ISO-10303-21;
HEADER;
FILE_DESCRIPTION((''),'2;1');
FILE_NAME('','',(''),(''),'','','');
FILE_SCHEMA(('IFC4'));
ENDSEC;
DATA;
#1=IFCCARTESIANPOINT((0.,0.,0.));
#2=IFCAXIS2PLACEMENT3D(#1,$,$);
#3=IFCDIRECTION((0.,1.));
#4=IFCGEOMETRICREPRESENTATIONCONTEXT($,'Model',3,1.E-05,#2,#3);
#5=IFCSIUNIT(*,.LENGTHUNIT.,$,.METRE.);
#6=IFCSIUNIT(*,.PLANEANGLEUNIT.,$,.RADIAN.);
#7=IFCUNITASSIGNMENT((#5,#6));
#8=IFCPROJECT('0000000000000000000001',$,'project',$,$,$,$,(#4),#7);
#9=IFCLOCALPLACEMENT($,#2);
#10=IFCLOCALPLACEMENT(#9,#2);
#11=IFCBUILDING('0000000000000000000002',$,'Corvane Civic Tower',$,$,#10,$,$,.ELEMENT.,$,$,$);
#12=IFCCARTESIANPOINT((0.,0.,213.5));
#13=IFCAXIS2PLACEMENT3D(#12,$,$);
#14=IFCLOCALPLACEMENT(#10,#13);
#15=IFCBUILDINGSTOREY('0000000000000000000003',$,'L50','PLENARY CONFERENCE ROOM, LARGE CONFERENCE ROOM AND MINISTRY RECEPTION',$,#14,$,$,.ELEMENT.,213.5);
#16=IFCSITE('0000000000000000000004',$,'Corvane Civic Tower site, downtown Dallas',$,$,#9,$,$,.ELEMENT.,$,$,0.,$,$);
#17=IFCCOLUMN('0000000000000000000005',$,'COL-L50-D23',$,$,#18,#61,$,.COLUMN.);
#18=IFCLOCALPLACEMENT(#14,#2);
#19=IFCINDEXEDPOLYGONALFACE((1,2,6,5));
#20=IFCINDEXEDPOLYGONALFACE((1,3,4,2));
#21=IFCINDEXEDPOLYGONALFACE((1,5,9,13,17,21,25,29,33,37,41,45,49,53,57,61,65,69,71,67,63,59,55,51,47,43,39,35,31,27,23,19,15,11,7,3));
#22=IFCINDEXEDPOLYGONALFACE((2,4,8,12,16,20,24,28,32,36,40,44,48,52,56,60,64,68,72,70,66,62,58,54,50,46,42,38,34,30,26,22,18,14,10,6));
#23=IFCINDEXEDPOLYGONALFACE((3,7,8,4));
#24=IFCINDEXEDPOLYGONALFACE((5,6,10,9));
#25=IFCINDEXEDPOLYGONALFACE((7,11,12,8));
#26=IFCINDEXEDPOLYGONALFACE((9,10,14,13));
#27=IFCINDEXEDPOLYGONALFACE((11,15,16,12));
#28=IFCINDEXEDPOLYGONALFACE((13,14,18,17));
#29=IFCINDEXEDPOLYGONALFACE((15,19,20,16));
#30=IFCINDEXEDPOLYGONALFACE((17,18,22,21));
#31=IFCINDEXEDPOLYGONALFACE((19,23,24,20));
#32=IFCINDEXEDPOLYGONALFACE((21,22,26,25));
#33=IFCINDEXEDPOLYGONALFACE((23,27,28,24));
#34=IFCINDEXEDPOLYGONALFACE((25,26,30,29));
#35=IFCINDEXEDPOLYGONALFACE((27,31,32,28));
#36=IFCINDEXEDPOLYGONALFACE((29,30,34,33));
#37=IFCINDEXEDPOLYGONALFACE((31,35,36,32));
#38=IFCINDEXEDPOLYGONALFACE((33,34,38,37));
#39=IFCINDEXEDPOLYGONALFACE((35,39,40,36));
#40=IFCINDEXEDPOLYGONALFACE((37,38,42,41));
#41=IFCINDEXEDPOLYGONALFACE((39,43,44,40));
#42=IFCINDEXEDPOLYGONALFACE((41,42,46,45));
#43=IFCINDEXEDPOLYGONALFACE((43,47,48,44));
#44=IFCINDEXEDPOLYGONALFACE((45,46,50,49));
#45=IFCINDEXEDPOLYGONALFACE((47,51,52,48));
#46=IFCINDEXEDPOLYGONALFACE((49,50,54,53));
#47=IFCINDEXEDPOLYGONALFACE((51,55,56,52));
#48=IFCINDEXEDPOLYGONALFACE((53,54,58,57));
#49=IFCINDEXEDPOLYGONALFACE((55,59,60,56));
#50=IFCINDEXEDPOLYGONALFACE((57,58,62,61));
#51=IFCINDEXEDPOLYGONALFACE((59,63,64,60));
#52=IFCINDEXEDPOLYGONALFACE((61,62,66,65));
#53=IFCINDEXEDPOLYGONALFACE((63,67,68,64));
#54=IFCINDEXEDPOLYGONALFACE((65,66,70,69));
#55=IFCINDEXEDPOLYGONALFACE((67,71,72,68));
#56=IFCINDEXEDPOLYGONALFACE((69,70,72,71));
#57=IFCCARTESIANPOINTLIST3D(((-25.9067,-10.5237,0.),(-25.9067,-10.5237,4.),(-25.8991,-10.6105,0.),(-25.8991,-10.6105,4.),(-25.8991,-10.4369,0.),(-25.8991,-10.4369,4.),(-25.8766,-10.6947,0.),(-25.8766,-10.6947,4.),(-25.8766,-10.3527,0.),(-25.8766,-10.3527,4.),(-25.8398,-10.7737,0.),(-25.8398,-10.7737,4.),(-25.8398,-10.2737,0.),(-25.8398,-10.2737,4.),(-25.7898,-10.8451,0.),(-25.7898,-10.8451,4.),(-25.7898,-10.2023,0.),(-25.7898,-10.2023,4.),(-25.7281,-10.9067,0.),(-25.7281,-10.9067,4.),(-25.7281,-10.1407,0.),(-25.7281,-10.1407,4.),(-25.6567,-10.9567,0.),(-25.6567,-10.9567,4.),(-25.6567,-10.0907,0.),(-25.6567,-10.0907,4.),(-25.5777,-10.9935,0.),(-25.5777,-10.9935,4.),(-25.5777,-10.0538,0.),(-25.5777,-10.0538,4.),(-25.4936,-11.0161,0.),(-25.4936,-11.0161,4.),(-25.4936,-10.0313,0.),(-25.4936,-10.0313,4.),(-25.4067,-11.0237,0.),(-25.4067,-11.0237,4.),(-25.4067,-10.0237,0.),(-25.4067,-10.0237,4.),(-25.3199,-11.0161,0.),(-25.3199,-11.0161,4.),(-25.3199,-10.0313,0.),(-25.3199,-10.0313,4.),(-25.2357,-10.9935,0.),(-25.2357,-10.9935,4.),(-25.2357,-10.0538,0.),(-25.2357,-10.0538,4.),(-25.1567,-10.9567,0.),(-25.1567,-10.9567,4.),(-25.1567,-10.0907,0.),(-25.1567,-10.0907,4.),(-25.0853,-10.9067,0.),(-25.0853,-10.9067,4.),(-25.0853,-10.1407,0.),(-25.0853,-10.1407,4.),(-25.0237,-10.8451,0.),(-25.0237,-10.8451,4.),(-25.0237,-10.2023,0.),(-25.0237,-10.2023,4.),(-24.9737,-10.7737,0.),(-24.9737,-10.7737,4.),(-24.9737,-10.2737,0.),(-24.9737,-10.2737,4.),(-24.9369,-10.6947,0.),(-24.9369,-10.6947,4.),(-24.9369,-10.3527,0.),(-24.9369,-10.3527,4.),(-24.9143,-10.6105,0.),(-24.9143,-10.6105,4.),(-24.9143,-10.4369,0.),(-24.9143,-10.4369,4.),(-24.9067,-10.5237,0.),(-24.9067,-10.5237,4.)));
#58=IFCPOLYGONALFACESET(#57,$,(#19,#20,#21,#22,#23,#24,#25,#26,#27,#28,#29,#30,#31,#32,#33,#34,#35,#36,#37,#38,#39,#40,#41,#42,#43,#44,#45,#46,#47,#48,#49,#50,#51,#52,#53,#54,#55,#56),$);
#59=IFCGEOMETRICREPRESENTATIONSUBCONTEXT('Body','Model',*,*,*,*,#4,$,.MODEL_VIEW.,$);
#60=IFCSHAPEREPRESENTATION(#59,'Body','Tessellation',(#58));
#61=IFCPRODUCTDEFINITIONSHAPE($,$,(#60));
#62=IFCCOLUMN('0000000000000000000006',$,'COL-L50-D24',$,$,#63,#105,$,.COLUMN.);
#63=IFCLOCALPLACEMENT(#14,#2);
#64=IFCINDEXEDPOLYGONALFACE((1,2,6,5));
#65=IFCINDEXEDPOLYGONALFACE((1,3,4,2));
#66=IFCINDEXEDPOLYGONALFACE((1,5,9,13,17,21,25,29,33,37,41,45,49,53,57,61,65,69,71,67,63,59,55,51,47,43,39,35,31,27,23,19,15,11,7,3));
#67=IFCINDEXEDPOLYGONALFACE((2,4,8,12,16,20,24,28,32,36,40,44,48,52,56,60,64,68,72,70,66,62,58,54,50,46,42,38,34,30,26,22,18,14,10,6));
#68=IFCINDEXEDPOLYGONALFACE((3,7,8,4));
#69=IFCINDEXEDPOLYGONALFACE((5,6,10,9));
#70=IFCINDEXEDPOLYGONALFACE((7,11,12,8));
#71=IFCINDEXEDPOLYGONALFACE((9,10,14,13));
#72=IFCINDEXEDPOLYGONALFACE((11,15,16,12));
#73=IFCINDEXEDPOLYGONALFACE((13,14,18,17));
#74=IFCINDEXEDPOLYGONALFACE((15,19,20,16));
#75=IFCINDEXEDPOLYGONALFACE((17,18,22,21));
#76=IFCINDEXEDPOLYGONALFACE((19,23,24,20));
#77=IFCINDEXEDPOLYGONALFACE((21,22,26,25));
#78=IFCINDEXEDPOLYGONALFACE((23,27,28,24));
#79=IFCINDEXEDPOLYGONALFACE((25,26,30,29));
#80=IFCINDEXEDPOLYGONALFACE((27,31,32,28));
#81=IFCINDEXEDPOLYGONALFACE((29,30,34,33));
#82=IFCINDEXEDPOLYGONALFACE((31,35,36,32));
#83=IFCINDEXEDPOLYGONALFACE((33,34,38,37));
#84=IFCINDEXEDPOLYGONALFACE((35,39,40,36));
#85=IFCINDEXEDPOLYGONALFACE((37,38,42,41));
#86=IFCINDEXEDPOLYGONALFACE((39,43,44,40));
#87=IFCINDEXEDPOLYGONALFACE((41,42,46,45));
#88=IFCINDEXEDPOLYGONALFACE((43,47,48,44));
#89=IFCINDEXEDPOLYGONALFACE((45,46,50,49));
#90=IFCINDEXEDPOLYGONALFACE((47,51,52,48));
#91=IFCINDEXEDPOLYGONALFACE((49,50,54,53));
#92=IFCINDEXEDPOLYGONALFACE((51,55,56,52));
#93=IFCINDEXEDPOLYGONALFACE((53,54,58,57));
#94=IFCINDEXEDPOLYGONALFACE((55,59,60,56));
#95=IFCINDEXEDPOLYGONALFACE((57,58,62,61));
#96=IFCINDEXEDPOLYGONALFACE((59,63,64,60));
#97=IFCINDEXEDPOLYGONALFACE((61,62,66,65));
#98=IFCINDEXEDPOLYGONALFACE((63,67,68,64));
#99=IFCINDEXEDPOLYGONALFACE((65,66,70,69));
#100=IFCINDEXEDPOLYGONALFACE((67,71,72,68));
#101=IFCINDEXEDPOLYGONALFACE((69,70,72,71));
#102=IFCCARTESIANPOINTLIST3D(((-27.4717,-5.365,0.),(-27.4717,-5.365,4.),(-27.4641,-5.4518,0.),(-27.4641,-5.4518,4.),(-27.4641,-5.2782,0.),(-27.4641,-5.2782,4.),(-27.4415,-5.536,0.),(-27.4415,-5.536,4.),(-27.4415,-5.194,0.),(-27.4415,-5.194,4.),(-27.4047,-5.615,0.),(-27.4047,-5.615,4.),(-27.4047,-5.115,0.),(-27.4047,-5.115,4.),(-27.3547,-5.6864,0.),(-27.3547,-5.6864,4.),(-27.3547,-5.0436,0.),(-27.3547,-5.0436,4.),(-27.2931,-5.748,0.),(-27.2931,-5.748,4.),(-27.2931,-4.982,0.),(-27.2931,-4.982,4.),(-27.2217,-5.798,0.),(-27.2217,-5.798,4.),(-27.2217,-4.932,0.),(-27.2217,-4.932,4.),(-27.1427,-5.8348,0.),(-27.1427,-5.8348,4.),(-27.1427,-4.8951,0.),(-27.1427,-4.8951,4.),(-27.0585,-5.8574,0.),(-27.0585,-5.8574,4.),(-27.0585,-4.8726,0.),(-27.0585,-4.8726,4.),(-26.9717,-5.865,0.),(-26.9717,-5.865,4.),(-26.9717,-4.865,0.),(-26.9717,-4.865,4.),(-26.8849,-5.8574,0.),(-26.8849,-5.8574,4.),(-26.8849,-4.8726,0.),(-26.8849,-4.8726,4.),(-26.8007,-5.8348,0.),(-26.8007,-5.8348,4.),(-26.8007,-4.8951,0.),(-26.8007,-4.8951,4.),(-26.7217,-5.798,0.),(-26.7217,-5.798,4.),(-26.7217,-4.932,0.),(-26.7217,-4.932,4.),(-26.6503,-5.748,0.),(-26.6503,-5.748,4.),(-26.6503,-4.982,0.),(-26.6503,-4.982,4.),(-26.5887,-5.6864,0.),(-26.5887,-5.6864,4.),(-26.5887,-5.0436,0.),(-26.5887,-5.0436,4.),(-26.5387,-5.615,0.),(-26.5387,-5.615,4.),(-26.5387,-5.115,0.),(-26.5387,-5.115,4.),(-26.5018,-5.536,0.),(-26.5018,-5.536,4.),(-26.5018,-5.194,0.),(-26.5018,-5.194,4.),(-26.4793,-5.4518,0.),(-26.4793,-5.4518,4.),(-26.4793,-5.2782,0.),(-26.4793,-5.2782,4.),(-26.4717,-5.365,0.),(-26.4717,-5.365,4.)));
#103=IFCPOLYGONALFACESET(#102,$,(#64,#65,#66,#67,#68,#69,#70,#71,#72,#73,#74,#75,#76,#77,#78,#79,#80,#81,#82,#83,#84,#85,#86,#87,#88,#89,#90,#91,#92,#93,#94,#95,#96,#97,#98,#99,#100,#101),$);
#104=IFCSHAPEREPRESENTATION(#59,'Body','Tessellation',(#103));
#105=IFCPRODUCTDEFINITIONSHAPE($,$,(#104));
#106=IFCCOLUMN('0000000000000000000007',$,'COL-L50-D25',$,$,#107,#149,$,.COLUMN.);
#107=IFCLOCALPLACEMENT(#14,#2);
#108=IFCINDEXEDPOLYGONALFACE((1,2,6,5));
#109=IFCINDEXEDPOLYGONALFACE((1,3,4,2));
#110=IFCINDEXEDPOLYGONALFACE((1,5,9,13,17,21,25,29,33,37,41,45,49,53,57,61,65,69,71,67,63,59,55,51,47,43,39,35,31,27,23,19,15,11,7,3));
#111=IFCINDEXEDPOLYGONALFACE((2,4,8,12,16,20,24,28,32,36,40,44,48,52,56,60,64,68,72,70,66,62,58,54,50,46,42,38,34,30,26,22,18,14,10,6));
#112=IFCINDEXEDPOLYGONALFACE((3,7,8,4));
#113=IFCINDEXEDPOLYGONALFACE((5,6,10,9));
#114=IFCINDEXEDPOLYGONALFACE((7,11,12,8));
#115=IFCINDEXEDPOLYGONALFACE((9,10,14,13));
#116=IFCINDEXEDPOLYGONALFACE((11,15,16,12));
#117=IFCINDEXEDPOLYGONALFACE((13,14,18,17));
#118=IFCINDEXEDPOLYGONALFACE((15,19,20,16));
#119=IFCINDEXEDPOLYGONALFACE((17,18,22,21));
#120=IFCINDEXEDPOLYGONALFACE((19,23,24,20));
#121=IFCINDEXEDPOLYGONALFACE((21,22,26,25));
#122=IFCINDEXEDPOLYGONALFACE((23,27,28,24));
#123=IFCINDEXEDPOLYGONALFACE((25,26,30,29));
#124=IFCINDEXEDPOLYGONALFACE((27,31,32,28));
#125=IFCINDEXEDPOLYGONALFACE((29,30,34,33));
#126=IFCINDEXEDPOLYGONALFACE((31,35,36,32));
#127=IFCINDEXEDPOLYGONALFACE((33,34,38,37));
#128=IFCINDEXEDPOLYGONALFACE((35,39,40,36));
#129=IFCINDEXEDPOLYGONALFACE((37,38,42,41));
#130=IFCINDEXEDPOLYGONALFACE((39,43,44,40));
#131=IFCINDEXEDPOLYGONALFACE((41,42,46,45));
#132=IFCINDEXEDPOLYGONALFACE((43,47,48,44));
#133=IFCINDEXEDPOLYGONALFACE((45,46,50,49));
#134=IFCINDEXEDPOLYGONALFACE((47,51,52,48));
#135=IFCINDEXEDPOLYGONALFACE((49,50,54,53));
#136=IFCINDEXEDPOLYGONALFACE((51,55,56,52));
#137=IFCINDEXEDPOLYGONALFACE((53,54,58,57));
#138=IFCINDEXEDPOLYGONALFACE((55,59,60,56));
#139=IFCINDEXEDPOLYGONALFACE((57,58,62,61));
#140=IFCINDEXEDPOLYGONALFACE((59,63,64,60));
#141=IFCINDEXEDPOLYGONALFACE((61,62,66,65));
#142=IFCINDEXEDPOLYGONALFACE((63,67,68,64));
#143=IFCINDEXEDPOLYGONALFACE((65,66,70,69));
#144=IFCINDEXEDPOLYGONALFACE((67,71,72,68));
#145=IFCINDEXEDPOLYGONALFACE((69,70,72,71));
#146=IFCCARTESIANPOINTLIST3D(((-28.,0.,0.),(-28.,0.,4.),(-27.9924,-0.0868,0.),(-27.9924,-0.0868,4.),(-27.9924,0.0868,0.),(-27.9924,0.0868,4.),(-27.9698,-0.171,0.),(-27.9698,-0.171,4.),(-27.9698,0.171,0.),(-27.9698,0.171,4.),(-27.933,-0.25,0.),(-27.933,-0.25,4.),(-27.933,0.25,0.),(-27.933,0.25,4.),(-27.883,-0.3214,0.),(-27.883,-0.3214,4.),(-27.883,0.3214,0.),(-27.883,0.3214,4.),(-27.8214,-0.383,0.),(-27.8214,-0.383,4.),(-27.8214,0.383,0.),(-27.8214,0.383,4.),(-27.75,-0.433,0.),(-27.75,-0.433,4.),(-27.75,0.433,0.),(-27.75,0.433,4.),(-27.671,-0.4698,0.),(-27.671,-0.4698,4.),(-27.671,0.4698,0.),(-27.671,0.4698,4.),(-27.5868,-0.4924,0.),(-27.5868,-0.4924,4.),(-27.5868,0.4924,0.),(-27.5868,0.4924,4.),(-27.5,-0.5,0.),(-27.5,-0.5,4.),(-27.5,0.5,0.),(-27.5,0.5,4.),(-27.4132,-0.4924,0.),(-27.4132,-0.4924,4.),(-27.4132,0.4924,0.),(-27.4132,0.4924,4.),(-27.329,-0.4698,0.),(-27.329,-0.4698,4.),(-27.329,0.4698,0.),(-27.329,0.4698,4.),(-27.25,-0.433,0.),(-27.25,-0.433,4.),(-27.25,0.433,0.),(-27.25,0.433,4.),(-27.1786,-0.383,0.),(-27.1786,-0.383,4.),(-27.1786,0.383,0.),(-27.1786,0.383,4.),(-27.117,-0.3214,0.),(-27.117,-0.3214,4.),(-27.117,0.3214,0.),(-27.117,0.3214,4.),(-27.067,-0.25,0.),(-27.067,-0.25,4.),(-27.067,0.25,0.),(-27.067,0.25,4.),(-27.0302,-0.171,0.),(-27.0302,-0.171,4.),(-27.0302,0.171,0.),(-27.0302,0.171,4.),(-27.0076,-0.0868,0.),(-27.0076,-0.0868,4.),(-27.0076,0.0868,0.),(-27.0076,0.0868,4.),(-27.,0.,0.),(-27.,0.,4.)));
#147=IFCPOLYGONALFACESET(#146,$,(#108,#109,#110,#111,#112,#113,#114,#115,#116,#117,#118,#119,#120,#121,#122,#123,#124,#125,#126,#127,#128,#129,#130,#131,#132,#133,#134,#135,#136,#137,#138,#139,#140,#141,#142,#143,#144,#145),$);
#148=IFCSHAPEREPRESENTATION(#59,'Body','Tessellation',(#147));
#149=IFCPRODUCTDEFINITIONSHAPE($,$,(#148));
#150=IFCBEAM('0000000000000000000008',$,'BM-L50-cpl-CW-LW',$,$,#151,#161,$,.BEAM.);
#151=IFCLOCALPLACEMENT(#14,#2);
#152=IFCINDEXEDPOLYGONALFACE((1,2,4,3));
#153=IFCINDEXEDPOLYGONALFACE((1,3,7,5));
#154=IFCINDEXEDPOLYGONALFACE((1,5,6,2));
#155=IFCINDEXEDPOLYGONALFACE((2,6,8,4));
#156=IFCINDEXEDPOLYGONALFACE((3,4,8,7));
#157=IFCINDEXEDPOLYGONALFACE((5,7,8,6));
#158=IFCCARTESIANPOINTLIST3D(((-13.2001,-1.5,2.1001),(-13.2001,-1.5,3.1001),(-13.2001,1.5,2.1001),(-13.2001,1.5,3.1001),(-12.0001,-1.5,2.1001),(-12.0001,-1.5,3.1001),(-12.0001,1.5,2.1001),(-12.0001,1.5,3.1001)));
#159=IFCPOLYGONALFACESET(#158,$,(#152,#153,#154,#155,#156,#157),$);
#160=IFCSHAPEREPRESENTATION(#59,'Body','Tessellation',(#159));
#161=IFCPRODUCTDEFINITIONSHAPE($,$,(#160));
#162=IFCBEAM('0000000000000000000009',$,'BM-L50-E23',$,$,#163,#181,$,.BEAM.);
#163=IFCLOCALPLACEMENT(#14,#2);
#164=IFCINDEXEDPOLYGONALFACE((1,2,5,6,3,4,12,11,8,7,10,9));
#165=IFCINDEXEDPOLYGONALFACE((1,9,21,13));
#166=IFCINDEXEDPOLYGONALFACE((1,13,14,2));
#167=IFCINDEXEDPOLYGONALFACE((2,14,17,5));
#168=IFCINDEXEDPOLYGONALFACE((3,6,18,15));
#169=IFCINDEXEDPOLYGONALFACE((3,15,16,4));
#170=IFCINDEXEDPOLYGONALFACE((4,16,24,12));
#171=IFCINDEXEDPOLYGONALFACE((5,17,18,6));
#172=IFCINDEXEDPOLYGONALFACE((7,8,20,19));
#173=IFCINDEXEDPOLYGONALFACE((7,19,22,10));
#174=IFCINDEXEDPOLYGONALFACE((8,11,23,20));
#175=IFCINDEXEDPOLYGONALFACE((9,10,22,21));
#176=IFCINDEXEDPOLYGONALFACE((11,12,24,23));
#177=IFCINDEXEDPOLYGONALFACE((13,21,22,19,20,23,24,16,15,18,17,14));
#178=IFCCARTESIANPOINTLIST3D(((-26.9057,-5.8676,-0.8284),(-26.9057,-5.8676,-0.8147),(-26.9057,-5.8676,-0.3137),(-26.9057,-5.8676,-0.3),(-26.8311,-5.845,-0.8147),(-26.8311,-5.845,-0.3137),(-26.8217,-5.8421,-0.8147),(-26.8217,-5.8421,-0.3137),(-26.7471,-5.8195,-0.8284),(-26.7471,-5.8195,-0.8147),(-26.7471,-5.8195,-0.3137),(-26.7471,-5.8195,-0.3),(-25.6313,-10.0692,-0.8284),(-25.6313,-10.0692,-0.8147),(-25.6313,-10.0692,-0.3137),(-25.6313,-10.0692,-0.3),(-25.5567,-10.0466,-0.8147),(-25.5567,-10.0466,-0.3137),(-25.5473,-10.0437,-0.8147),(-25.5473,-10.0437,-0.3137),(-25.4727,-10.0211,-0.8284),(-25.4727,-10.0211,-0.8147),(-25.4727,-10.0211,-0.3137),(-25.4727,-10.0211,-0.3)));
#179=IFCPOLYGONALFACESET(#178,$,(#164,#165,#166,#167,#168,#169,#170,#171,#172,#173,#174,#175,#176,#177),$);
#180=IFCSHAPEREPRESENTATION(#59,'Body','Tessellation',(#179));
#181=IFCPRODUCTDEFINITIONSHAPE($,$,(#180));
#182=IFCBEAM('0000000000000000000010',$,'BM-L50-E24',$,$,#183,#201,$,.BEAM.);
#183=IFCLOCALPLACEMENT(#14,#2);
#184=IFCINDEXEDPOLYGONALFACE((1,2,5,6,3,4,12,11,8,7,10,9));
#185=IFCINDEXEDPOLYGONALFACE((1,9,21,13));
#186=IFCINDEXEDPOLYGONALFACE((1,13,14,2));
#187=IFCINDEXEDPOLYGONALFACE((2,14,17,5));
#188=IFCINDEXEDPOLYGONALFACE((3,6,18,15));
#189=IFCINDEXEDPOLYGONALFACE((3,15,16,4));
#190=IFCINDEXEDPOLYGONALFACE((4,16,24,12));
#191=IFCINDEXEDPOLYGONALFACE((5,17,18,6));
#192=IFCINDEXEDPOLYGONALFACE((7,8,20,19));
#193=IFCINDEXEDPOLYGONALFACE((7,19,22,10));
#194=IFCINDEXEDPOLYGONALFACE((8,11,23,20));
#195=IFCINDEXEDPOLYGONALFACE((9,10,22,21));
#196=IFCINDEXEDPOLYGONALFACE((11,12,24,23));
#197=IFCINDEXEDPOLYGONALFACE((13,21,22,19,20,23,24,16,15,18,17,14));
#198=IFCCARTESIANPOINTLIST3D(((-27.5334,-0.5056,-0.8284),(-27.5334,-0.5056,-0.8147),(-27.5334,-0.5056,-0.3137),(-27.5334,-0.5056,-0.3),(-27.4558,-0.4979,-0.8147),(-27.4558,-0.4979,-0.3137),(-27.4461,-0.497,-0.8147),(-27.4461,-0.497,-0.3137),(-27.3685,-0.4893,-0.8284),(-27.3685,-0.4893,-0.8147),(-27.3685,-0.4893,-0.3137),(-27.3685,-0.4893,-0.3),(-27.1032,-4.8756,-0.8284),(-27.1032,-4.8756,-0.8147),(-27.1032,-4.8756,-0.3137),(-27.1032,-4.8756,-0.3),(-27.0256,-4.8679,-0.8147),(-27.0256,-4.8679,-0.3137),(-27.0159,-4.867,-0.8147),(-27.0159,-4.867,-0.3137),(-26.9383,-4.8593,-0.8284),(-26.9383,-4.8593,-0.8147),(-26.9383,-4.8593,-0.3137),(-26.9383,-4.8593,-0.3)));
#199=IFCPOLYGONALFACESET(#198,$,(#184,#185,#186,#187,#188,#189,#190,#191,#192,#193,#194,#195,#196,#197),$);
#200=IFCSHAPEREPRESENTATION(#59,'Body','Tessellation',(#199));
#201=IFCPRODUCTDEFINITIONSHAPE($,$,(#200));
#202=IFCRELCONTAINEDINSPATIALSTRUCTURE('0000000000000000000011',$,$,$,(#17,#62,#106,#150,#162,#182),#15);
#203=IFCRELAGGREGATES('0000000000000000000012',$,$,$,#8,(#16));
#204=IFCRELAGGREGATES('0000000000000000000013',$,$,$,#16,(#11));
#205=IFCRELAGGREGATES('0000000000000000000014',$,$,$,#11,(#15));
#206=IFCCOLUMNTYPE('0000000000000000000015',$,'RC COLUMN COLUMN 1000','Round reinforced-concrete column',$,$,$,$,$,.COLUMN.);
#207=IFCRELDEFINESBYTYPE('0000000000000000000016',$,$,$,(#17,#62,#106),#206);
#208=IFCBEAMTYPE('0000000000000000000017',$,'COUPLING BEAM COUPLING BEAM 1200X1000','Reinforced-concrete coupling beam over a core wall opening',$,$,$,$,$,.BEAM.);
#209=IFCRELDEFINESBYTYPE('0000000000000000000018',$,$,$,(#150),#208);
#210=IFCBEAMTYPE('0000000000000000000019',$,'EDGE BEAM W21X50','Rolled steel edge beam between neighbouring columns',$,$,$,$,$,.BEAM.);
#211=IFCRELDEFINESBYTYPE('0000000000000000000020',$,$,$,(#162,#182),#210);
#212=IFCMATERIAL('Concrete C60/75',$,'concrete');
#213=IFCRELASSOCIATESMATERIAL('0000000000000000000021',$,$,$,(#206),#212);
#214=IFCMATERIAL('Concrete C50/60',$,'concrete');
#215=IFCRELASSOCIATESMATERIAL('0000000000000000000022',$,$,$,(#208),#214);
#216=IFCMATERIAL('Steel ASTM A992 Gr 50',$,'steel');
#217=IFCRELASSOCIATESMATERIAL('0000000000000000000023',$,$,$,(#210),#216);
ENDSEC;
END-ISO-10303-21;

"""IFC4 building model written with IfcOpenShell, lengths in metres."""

from ifc_helpers import new_model, si_unit, direction, frame, origin, origin_2d, place, context, subcontext, project, spatial, rectangle, circle, i_section, extrude, material, material_profile, profile_set, type_object, element, save


model = new_model("IFC4")

# Units and contexts
model_context = context("Model", 3, precision=1e-05, world=origin(), true_north=direction((0.0, 1.0)))
body_context = subcontext(model_context, "Body", "Model", "MODEL_VIEW")
ifc_project = project(units=[si_unit("LENGTHUNIT", "METRE"), si_unit("PLANEANGLEUNIT", "RADIAN")], contexts=[model_context])

# Site, building, storey
site_placement = place(None, origin())
site = spatial("IfcSite", under=ifc_project, at=site_placement, Name="Corvane Civic Tower site, downtown Dallas", CompositionType="ELEMENT", RefElevation=0.0)
building_placement = place(site_placement, origin())
building = spatial("IfcBuilding", under=site, at=building_placement, Name="Corvane Civic Tower", CompositionType="ELEMENT")
storey_placement = place(building_placement, frame((0.0, 0.0, 213.5)))
storey = spatial("IfcBuildingStorey", under=building, at=storey_placement, Name="L50", Description="PLENARY CONFERENCE ROOM, LARGE CONFERENCE ROOM AND MINISTRY RECEPTION", CompositionType="ELEMENT", Elevation=213.5)

# Columns
ifc_material_1 = material(Name="Concrete C60/75", Category="concrete")
ifc_material_profile_1 = material_profile(ifc_material_1, circle(Radius=0.5, at=origin_2d()), Name="COLUMN 1000")
ifc_profile_set_1 = profile_set([ifc_material_profile_1], Name="Concrete C60/75")
column_type = type_object("IfcColumnType", Name="RC COLUMN COLUMN 1000", Description="Round reinforced-concrete column", PredefinedType="COLUMN", material=ifc_profile_set_1)
for number, where, z_axis, x_axis, name in (
    (1, (-25.4067, -10.5237, 0.0), (0.0, 0.0, 1.0), (1.0, 0.0, 0.0), "COL-L50-D23"),
    (2, (-26.9717, -5.365, 0.0), (0.0, 0.0, 1.0), (1.0, 0.0, 0.0), "COL-L50-D24"),
    (3, (-27.5, 0.0, 0.0), (0.0, 0.0, 1.0), (1.0, 0.0, 0.0), "COL-L50-D25"),
):
    element("IfcColumn", number, at=place(storey_placement, frame(where, z_axis=z_axis, x_axis=x_axis)), inside=storey, type_object=column_type, Name=name, PredefinedType="COLUMN", context=body_context, shape_type="SweptSolid", body=[
        extrude(circle(Radius=0.5, at=origin_2d()), origin(), (0.0, 0.0, 1.0), 4.0),
    ])

# Beams
ifc_material_2 = material(Name="Concrete C50/60", Category="concrete")
ifc_material_profile_2 = material_profile(ifc_material_2, rectangle(XDim=1.2, YDim=1.0, at=origin_2d()), Name="COUPLING BEAM 1200X1000")
ifc_profile_set_2 = profile_set([ifc_material_profile_2], Name="Concrete C50/60")
beam_type_1 = type_object("IfcBeamType", Name="COUPLING BEAM COUPLING BEAM 1200X1000", Description="Reinforced-concrete coupling beam over a core wall opening", PredefinedType="BEAM", material=ifc_profile_set_2)
beam_1_placement = place(storey_placement, frame((-12.6001, -1.5, 2.6001), z_axis=(0.0, 1.0, 0.0), x_axis=(-1.0, 0.0, 0.0)))
element("IfcBeam", 4, at=beam_1_placement, inside=storey, type_object=beam_type_1, Name="BM-L50-cpl-CW-LW", PredefinedType="BEAM", context=body_context, shape_type="SweptSolid", body=[
    extrude(rectangle(XDim=1.2, YDim=1.0, at=origin_2d()), origin(), (0.0, 0.0, 1.0), 3.0),
])
ifc_material_3 = material(Name="Steel ASTM A992 Gr 50", Category="steel")
ifc_material_profile_3 = material_profile(ifc_material_3, i_section(OverallWidth=0.1658, OverallDepth=0.5283, WebThickness=0.0098, FlangeThickness=0.0137, at=origin_2d()), Name="W21X50")
ifc_profile_set_3 = profile_set([ifc_material_profile_3], Name="Steel ASTM A992 Gr 50")
beam_type_2 = type_object("IfcBeamType", Name="EDGE BEAM W21X50", Description="Rolled steel edge beam between neighbouring columns", PredefinedType="BEAM", material=ifc_profile_set_3)
beam_2_placement = place(storey_placement, frame((-25.552, -10.0452, -0.5642), z_axis=(-0.290254, 0.95695, 0.0), x_axis=(-0.95695, -0.290254, 0.0)))
element("IfcBeam", 5, at=beam_2_placement, inside=storey, type_object=beam_type_2, Name="BM-L50-E23", PredefinedType="BEAM", context=body_context, shape_type="SweptSolid", body=[
    extrude(i_section(OverallWidth=0.1658, OverallDepth=0.5283, WebThickness=0.0098, FlangeThickness=0.0137, at=origin_2d()), origin(), (0.0, 0.0, 1.0), 4.3906),
])
beam_3_placement = place(storey_placement, frame((-27.0208, -4.8674, -0.5642), z_axis=(-0.097968, 0.99519, 0.0), x_axis=(-0.99519, -0.097968, 0.0)))
element("IfcBeam", 6, at=beam_3_placement, inside=storey, type_object=beam_type_2, Name="BM-L50-E24", PredefinedType="BEAM", context=body_context, shape_type="SweptSolid", body=[
    extrude(i_section(OverallWidth=0.1658, OverallDepth=0.5283, WebThickness=0.0098, FlangeThickness=0.0137, at=origin_2d()), origin(), (0.0, 0.0, 1.0), 4.3911),
])

save(model, "model.ifc")
